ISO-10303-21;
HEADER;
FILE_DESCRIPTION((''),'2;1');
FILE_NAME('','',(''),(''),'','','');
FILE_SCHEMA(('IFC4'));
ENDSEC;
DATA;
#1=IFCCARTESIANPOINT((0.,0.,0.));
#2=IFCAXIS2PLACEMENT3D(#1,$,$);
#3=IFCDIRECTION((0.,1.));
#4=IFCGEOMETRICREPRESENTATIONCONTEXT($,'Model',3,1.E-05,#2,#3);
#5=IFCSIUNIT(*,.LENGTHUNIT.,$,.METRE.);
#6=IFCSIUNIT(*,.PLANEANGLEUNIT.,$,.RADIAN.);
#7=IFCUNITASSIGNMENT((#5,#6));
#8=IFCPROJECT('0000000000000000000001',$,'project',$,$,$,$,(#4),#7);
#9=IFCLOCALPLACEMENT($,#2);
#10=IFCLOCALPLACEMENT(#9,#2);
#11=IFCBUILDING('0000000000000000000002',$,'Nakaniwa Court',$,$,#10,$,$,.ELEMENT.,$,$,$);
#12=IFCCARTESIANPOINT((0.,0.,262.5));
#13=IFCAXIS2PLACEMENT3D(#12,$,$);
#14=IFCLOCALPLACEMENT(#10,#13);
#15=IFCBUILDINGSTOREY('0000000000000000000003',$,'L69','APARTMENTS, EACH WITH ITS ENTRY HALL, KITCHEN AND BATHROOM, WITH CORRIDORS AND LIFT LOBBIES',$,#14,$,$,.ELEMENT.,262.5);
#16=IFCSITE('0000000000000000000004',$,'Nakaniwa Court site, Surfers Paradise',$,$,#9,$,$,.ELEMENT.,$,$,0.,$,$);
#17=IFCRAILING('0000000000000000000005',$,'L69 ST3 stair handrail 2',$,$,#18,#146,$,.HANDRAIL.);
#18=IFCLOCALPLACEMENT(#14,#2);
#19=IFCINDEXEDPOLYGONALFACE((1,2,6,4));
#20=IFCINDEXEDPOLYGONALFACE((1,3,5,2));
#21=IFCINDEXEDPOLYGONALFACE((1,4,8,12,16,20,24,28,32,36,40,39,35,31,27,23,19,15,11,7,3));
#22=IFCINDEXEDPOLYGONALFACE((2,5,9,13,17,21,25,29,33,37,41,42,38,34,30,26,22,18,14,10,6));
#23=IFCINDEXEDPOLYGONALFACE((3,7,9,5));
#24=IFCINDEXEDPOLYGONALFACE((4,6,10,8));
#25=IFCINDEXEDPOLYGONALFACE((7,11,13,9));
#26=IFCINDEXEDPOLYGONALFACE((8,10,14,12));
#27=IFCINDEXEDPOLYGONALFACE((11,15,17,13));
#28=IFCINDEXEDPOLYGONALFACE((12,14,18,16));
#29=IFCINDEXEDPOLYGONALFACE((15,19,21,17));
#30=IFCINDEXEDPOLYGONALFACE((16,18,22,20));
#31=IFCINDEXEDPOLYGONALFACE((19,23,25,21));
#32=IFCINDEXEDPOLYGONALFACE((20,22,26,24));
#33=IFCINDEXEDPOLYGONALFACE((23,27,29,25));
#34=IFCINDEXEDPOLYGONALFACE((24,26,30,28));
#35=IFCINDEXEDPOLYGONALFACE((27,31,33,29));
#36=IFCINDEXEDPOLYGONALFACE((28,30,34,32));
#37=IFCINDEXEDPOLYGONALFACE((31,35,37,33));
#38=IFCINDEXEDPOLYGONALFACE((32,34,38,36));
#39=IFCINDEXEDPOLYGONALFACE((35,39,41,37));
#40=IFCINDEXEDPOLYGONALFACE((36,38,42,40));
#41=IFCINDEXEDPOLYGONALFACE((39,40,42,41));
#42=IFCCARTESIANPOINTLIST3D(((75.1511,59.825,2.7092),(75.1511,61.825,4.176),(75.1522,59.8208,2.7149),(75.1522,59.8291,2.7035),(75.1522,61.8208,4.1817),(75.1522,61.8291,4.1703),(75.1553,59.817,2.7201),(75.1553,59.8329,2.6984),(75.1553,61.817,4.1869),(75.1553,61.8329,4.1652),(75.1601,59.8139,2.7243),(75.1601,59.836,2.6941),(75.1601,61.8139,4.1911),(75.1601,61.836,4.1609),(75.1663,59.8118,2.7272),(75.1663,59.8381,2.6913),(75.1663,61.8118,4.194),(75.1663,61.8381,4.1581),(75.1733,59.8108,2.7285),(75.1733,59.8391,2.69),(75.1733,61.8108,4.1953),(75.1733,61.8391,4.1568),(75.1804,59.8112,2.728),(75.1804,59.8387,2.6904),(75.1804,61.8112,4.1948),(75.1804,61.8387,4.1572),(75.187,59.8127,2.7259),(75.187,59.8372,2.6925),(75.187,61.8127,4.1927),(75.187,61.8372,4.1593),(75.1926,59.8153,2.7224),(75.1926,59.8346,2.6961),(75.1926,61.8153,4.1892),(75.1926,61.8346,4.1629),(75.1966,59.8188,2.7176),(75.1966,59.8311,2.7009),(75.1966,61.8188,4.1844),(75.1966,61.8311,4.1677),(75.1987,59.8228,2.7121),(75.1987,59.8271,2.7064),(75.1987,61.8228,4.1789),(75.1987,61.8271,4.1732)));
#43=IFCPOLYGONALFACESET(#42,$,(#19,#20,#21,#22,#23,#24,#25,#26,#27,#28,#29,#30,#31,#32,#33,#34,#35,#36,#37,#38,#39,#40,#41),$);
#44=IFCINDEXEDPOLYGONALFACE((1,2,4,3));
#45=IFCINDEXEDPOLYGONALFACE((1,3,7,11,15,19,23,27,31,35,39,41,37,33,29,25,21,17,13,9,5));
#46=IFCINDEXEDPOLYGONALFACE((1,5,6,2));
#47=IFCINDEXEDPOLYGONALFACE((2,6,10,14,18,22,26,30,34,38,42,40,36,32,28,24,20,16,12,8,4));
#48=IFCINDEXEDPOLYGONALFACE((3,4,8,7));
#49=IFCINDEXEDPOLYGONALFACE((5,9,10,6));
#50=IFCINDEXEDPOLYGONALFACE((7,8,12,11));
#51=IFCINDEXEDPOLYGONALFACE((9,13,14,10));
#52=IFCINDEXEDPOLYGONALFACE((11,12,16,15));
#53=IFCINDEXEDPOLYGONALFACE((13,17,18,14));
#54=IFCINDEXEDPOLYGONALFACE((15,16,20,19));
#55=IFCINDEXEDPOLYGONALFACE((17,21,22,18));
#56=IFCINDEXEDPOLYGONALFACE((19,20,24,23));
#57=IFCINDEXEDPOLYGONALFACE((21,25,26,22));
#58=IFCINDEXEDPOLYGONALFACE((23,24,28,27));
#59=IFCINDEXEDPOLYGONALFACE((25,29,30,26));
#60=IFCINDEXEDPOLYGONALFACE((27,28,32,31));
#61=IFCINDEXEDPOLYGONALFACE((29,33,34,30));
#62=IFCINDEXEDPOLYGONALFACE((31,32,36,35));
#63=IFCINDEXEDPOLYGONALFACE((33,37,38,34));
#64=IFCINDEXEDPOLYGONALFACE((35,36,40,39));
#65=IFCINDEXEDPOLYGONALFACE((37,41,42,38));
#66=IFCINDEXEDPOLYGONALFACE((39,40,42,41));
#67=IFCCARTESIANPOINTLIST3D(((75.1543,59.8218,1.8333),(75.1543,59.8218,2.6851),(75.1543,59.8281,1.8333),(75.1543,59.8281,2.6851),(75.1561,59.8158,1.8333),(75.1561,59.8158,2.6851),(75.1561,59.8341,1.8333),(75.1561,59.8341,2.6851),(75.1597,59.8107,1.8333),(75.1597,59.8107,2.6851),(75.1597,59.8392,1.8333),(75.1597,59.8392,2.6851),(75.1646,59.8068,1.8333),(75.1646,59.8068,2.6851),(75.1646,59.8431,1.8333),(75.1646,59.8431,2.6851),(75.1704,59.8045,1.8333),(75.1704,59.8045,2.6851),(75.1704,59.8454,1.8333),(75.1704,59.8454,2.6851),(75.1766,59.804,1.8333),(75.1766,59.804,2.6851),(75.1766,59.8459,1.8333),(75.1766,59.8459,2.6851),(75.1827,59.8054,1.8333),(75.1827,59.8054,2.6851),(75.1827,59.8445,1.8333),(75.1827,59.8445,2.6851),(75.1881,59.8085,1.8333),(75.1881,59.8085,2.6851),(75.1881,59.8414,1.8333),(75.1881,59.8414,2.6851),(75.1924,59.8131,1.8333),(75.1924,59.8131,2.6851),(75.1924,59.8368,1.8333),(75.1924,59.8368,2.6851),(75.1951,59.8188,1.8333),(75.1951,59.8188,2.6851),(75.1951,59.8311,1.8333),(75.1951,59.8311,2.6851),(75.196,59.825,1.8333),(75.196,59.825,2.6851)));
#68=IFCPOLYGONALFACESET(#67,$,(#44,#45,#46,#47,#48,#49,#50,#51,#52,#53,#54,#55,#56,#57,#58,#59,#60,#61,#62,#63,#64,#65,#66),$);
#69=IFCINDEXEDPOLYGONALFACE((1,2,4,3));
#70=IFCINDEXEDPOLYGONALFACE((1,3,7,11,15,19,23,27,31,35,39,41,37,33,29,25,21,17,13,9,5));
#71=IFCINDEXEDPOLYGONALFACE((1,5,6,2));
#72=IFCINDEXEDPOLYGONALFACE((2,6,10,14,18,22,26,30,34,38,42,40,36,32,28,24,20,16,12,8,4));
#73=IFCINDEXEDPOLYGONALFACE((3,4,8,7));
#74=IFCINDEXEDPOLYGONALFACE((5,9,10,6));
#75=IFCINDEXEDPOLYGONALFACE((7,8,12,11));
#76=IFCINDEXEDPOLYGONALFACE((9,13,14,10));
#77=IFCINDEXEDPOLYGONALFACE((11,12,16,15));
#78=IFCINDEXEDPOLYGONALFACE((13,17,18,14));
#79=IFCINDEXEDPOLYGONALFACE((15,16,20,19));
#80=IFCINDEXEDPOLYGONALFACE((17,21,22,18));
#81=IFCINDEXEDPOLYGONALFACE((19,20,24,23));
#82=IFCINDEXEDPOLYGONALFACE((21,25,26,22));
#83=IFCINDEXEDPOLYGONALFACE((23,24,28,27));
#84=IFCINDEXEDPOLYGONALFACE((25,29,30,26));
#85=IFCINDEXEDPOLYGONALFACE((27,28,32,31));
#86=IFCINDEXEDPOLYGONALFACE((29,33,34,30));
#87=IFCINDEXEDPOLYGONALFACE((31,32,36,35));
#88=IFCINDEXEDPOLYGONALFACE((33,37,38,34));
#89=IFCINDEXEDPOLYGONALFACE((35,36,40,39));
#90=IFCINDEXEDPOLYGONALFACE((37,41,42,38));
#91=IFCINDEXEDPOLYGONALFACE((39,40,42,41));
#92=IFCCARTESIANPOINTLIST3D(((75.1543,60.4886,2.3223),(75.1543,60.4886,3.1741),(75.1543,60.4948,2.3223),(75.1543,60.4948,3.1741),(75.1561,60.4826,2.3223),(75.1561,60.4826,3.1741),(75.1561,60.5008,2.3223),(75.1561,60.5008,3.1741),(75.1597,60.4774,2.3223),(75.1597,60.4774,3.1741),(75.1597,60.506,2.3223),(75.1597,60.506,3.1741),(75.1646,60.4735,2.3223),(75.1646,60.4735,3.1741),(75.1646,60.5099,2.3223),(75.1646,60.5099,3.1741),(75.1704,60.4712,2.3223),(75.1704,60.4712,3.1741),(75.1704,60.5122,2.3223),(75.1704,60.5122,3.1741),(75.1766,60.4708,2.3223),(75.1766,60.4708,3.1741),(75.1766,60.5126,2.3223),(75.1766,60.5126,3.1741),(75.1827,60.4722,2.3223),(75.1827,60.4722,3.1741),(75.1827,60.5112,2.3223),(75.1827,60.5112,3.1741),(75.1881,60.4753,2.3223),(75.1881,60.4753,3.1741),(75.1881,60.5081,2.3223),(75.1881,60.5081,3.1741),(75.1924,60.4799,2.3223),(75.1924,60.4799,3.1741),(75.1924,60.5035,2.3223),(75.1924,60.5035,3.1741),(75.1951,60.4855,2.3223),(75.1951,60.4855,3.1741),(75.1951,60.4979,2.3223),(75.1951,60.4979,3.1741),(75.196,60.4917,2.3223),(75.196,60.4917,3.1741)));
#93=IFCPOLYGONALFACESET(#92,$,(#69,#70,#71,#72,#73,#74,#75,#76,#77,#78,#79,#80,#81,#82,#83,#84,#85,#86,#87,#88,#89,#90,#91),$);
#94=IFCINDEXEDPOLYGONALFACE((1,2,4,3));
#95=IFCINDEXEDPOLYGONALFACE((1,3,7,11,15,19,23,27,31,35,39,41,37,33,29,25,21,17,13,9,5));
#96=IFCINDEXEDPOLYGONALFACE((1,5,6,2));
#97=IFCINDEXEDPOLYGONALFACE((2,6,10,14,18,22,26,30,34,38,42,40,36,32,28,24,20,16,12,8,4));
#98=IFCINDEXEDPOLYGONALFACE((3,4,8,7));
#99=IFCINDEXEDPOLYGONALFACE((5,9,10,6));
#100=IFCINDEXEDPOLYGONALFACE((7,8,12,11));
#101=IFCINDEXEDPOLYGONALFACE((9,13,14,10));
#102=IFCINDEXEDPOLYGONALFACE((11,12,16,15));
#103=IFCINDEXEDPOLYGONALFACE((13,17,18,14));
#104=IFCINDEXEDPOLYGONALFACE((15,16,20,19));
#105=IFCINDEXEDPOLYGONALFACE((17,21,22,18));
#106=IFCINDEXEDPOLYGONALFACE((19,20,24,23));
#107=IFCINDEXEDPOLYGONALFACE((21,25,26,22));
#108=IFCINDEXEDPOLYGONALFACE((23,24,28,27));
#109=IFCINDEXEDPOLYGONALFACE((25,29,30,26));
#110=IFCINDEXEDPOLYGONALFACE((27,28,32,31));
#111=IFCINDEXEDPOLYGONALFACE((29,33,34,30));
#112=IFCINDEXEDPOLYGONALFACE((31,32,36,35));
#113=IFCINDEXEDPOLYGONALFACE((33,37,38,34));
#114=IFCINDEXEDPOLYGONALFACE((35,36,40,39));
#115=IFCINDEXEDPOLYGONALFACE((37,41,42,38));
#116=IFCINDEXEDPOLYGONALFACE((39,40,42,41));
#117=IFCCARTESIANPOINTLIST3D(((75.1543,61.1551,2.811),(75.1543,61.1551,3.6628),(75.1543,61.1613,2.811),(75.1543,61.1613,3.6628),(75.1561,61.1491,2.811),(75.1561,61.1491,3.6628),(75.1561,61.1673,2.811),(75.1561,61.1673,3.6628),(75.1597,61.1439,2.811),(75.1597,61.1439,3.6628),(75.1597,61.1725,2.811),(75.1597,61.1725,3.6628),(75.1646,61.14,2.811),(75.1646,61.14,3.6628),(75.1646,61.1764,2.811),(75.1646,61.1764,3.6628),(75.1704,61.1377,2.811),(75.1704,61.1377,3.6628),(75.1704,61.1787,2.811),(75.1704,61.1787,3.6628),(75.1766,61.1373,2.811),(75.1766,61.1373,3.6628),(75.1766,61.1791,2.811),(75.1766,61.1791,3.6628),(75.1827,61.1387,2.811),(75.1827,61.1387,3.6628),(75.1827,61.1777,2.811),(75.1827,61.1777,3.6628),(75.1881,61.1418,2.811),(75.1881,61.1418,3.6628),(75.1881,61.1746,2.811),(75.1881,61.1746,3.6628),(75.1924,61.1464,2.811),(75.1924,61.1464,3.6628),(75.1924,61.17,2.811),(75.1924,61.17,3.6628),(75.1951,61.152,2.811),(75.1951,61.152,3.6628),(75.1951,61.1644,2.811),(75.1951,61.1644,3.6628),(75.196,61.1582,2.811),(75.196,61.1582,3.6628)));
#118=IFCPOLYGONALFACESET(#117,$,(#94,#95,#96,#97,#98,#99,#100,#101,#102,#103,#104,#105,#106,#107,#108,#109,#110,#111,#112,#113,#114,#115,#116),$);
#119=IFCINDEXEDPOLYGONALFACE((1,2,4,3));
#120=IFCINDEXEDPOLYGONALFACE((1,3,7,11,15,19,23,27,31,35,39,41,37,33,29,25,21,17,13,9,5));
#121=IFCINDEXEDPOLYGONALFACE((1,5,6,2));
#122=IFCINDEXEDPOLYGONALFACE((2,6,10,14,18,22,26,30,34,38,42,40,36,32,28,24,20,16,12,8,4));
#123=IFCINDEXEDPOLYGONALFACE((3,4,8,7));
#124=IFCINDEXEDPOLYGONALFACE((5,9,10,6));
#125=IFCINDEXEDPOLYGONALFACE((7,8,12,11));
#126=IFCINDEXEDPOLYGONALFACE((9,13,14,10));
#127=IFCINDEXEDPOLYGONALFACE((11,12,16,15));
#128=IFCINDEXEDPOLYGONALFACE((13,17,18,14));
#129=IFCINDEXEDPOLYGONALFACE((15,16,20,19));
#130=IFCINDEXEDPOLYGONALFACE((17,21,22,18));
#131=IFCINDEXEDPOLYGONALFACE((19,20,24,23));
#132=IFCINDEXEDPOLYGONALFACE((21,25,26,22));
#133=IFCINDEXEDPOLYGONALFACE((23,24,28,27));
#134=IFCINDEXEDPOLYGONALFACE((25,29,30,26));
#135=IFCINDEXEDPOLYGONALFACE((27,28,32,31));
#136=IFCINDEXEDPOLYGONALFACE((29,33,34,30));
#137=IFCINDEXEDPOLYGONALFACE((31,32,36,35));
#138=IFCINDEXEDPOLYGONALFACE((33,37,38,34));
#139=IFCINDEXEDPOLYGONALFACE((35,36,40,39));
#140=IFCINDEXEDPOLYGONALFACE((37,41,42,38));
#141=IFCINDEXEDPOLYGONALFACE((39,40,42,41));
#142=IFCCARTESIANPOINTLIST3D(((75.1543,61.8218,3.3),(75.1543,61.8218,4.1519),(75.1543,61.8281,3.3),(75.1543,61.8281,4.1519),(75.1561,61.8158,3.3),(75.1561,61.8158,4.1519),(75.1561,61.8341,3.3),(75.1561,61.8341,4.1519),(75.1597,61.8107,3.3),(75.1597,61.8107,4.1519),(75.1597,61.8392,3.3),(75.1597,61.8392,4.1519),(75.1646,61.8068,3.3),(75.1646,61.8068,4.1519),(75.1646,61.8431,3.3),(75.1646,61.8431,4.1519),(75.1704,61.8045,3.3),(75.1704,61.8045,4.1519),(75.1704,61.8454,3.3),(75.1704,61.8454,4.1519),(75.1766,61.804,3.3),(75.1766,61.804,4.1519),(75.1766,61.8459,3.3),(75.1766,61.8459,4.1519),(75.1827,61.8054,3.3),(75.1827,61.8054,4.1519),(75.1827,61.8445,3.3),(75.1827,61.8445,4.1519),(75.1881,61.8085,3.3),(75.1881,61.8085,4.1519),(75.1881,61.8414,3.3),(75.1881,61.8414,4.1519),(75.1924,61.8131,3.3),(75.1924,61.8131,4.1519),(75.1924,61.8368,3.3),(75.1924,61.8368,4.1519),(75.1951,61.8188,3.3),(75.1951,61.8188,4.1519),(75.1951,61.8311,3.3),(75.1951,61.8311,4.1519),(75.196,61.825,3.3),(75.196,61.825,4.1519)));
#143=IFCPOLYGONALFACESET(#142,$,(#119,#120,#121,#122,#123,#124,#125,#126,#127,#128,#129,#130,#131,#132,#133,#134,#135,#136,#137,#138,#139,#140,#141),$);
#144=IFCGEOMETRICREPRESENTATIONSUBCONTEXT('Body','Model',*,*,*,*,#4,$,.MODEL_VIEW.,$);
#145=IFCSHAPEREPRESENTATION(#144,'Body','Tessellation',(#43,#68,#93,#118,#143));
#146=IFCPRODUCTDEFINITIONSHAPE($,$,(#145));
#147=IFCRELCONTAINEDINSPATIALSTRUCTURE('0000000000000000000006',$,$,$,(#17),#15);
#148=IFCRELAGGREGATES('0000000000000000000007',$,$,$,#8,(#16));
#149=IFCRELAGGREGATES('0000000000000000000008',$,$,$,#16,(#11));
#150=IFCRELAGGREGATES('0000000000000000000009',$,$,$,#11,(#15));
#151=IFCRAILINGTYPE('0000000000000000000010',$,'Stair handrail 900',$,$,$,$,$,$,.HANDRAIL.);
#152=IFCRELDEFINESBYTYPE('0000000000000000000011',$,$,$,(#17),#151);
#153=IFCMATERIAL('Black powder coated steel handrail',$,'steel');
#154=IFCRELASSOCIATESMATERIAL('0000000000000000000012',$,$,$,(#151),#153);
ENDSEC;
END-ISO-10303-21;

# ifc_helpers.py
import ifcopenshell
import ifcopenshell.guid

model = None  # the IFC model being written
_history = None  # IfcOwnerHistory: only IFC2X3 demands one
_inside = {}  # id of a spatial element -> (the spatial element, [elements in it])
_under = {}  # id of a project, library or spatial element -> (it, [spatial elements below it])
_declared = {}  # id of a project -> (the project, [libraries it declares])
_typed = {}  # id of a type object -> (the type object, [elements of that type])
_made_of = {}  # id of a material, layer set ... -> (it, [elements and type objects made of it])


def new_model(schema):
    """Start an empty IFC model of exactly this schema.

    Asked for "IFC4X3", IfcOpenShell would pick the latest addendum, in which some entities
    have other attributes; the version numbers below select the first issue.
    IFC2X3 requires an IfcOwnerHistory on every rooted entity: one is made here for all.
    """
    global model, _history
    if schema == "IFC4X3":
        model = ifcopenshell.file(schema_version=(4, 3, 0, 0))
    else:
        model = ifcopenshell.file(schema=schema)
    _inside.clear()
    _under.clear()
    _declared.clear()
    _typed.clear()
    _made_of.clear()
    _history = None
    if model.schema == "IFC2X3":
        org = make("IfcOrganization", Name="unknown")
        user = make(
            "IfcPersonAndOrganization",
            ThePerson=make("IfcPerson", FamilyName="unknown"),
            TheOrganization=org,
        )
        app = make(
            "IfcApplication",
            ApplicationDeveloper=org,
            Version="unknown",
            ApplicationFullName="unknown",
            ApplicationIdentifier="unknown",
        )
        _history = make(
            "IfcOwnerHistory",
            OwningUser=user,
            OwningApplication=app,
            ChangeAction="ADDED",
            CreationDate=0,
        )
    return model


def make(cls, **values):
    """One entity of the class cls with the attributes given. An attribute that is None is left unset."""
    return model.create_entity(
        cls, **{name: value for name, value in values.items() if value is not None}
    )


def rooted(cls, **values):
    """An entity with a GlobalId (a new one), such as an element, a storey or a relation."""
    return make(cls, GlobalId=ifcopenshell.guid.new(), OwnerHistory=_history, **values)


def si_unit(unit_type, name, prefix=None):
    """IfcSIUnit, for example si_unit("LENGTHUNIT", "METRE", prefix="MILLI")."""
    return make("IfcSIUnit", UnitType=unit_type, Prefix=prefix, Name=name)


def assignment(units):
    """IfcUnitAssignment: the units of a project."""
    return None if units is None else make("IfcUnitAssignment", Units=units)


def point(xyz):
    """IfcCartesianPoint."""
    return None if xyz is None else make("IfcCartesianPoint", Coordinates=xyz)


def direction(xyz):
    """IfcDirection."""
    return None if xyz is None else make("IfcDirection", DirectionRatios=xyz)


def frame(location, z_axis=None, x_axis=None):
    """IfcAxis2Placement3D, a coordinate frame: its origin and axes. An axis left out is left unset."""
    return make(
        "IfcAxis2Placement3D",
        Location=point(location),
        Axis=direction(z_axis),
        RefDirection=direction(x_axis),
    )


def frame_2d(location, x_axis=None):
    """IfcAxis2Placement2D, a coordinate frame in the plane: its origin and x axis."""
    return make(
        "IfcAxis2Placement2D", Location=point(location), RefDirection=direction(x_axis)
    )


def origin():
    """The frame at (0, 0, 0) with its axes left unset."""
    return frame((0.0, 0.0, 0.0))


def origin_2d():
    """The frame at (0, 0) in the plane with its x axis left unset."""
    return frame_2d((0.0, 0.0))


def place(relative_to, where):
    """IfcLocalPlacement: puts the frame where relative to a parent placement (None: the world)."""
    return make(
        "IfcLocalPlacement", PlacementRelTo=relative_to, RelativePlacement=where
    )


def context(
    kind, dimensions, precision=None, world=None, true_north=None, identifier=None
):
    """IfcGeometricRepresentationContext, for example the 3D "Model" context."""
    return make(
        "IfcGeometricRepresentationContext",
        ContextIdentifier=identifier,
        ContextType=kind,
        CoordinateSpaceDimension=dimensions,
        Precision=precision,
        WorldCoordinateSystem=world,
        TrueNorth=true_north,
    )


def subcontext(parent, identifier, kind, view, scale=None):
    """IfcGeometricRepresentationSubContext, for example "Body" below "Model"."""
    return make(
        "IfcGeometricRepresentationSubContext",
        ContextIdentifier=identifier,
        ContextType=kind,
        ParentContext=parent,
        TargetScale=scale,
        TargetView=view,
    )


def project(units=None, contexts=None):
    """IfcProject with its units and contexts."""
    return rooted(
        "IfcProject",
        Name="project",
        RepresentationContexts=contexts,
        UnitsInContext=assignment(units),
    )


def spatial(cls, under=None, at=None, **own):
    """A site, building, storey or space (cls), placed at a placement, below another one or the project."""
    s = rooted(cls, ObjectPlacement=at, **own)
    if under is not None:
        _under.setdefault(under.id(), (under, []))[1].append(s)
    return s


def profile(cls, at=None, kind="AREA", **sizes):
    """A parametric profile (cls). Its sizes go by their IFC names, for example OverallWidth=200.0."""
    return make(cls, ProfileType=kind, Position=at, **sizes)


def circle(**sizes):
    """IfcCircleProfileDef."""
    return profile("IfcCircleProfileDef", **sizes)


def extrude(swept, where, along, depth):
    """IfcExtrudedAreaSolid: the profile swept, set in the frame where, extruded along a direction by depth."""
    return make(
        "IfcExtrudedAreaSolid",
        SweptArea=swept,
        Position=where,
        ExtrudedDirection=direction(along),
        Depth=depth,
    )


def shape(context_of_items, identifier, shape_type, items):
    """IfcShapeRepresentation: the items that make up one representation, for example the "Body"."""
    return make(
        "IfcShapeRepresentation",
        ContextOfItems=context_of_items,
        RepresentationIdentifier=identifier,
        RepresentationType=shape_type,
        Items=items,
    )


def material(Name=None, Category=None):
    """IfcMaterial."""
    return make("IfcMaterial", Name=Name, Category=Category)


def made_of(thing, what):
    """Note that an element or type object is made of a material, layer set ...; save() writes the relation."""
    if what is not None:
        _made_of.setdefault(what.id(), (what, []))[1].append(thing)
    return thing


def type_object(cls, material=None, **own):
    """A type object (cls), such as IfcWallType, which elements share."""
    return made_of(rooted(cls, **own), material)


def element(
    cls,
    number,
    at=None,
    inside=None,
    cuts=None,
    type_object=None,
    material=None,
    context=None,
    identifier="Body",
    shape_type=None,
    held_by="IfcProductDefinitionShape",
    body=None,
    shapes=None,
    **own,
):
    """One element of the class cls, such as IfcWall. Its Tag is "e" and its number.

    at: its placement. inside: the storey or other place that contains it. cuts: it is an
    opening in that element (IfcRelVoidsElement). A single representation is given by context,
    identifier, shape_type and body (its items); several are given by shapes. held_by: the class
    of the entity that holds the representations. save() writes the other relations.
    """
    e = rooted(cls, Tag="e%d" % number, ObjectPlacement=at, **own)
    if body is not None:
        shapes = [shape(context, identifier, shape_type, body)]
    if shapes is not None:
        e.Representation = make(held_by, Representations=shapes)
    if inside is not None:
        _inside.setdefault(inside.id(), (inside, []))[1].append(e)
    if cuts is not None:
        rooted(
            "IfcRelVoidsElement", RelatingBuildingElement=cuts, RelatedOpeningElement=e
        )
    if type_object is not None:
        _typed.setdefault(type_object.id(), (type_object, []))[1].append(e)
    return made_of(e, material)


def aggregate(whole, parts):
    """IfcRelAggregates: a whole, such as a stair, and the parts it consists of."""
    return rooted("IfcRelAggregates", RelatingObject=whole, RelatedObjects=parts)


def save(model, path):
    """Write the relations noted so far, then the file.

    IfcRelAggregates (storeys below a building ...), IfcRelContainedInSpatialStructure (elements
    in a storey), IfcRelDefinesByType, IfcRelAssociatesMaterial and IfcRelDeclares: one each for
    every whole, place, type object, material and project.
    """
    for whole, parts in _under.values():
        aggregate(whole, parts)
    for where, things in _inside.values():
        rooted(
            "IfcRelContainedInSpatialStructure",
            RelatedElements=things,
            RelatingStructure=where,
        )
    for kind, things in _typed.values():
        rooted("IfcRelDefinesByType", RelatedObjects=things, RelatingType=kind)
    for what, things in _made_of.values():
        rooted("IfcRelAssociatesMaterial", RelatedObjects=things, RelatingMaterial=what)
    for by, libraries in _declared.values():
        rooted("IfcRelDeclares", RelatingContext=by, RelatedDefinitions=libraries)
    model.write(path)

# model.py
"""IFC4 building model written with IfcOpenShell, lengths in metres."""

from ifc_helpers import new_model, si_unit, direction, frame, origin, origin_2d, place, context, subcontext, project, spatial, circle, extrude, material, type_object, element, save


model = new_model("IFC4")

# Units and contexts
model_context = context("Model", 3, precision=1e-05, world=origin(), true_north=direction((0.0, 1.0)))
body_context = subcontext(model_context, "Body", "Model", "MODEL_VIEW")
ifc_project = project(units=[si_unit("LENGTHUNIT", "METRE"), si_unit("PLANEANGLEUNIT", "RADIAN")], contexts=[model_context])

# Site, building, storey
site_placement = place(None, origin())
site = spatial("IfcSite", under=ifc_project, at=site_placement, Name="Nakaniwa Court site, Surfers Paradise", CompositionType="ELEMENT", RefElevation=0.0)
building_placement = place(site_placement, origin())
building = spatial("IfcBuilding", under=site, at=building_placement, Name="Nakaniwa Court", CompositionType="ELEMENT")
storey_placement = place(building_placement, frame((0.0, 0.0, 262.5)))
storey = spatial("IfcBuildingStorey", under=building, at=storey_placement, Name="L69", Description="APARTMENTS, EACH WITH ITS ENTRY HALL, KITCHEN AND BATHROOM, WITH CORRIDORS AND LIFT LOBBIES", CompositionType="ELEMENT", Elevation=262.5)

# Railing
ifc_material_1 = material(Name="Black powder coated steel handrail", Category="steel")
railing_type_1 = type_object("IfcRailingType", Name="Stair handrail 900", PredefinedType="HANDRAIL", material=ifc_material_1)
railing_1_placement = place(storey_placement, frame((75.175, 59.825, 1.8333)))
element("IfcRailing", 1, at=railing_1_placement, inside=storey, type_object=railing_type_1, Name="L69 ST3 stair handrail 2", PredefinedType="HANDRAIL", context=body_context, shape_type="SweptSolid", body=[
    extrude(circle(Radius=0.0239, at=origin_2d()), frame((0.0, 0.0, 0.876), z_axis=(0.0, 0.80638, 0.591398), x_axis=(-1.0, 0.0, 0.0)), (0.0, 0.0, 1.0), 2.4802),
    extrude(circle(Radius=0.021, at=origin_2d()), origin(), (0.0, 0.0, 1.0), 0.8518),
    extrude(circle(Radius=0.021, at=origin_2d()), frame((0.0, 0.6667, 0.489)), (0.0, 0.0, 1.0), 0.8518),
    extrude(circle(Radius=0.021, at=origin_2d()), frame((0.0, 1.3333, 0.9778)), (0.0, 0.0, 1.0), 0.8518),
    extrude(circle(Radius=0.021, at=origin_2d()), frame((0.0, 2.0, 1.4668)), (0.0, 0.0, 1.0), 0.8518),
])

save(model, "model.ifc")
